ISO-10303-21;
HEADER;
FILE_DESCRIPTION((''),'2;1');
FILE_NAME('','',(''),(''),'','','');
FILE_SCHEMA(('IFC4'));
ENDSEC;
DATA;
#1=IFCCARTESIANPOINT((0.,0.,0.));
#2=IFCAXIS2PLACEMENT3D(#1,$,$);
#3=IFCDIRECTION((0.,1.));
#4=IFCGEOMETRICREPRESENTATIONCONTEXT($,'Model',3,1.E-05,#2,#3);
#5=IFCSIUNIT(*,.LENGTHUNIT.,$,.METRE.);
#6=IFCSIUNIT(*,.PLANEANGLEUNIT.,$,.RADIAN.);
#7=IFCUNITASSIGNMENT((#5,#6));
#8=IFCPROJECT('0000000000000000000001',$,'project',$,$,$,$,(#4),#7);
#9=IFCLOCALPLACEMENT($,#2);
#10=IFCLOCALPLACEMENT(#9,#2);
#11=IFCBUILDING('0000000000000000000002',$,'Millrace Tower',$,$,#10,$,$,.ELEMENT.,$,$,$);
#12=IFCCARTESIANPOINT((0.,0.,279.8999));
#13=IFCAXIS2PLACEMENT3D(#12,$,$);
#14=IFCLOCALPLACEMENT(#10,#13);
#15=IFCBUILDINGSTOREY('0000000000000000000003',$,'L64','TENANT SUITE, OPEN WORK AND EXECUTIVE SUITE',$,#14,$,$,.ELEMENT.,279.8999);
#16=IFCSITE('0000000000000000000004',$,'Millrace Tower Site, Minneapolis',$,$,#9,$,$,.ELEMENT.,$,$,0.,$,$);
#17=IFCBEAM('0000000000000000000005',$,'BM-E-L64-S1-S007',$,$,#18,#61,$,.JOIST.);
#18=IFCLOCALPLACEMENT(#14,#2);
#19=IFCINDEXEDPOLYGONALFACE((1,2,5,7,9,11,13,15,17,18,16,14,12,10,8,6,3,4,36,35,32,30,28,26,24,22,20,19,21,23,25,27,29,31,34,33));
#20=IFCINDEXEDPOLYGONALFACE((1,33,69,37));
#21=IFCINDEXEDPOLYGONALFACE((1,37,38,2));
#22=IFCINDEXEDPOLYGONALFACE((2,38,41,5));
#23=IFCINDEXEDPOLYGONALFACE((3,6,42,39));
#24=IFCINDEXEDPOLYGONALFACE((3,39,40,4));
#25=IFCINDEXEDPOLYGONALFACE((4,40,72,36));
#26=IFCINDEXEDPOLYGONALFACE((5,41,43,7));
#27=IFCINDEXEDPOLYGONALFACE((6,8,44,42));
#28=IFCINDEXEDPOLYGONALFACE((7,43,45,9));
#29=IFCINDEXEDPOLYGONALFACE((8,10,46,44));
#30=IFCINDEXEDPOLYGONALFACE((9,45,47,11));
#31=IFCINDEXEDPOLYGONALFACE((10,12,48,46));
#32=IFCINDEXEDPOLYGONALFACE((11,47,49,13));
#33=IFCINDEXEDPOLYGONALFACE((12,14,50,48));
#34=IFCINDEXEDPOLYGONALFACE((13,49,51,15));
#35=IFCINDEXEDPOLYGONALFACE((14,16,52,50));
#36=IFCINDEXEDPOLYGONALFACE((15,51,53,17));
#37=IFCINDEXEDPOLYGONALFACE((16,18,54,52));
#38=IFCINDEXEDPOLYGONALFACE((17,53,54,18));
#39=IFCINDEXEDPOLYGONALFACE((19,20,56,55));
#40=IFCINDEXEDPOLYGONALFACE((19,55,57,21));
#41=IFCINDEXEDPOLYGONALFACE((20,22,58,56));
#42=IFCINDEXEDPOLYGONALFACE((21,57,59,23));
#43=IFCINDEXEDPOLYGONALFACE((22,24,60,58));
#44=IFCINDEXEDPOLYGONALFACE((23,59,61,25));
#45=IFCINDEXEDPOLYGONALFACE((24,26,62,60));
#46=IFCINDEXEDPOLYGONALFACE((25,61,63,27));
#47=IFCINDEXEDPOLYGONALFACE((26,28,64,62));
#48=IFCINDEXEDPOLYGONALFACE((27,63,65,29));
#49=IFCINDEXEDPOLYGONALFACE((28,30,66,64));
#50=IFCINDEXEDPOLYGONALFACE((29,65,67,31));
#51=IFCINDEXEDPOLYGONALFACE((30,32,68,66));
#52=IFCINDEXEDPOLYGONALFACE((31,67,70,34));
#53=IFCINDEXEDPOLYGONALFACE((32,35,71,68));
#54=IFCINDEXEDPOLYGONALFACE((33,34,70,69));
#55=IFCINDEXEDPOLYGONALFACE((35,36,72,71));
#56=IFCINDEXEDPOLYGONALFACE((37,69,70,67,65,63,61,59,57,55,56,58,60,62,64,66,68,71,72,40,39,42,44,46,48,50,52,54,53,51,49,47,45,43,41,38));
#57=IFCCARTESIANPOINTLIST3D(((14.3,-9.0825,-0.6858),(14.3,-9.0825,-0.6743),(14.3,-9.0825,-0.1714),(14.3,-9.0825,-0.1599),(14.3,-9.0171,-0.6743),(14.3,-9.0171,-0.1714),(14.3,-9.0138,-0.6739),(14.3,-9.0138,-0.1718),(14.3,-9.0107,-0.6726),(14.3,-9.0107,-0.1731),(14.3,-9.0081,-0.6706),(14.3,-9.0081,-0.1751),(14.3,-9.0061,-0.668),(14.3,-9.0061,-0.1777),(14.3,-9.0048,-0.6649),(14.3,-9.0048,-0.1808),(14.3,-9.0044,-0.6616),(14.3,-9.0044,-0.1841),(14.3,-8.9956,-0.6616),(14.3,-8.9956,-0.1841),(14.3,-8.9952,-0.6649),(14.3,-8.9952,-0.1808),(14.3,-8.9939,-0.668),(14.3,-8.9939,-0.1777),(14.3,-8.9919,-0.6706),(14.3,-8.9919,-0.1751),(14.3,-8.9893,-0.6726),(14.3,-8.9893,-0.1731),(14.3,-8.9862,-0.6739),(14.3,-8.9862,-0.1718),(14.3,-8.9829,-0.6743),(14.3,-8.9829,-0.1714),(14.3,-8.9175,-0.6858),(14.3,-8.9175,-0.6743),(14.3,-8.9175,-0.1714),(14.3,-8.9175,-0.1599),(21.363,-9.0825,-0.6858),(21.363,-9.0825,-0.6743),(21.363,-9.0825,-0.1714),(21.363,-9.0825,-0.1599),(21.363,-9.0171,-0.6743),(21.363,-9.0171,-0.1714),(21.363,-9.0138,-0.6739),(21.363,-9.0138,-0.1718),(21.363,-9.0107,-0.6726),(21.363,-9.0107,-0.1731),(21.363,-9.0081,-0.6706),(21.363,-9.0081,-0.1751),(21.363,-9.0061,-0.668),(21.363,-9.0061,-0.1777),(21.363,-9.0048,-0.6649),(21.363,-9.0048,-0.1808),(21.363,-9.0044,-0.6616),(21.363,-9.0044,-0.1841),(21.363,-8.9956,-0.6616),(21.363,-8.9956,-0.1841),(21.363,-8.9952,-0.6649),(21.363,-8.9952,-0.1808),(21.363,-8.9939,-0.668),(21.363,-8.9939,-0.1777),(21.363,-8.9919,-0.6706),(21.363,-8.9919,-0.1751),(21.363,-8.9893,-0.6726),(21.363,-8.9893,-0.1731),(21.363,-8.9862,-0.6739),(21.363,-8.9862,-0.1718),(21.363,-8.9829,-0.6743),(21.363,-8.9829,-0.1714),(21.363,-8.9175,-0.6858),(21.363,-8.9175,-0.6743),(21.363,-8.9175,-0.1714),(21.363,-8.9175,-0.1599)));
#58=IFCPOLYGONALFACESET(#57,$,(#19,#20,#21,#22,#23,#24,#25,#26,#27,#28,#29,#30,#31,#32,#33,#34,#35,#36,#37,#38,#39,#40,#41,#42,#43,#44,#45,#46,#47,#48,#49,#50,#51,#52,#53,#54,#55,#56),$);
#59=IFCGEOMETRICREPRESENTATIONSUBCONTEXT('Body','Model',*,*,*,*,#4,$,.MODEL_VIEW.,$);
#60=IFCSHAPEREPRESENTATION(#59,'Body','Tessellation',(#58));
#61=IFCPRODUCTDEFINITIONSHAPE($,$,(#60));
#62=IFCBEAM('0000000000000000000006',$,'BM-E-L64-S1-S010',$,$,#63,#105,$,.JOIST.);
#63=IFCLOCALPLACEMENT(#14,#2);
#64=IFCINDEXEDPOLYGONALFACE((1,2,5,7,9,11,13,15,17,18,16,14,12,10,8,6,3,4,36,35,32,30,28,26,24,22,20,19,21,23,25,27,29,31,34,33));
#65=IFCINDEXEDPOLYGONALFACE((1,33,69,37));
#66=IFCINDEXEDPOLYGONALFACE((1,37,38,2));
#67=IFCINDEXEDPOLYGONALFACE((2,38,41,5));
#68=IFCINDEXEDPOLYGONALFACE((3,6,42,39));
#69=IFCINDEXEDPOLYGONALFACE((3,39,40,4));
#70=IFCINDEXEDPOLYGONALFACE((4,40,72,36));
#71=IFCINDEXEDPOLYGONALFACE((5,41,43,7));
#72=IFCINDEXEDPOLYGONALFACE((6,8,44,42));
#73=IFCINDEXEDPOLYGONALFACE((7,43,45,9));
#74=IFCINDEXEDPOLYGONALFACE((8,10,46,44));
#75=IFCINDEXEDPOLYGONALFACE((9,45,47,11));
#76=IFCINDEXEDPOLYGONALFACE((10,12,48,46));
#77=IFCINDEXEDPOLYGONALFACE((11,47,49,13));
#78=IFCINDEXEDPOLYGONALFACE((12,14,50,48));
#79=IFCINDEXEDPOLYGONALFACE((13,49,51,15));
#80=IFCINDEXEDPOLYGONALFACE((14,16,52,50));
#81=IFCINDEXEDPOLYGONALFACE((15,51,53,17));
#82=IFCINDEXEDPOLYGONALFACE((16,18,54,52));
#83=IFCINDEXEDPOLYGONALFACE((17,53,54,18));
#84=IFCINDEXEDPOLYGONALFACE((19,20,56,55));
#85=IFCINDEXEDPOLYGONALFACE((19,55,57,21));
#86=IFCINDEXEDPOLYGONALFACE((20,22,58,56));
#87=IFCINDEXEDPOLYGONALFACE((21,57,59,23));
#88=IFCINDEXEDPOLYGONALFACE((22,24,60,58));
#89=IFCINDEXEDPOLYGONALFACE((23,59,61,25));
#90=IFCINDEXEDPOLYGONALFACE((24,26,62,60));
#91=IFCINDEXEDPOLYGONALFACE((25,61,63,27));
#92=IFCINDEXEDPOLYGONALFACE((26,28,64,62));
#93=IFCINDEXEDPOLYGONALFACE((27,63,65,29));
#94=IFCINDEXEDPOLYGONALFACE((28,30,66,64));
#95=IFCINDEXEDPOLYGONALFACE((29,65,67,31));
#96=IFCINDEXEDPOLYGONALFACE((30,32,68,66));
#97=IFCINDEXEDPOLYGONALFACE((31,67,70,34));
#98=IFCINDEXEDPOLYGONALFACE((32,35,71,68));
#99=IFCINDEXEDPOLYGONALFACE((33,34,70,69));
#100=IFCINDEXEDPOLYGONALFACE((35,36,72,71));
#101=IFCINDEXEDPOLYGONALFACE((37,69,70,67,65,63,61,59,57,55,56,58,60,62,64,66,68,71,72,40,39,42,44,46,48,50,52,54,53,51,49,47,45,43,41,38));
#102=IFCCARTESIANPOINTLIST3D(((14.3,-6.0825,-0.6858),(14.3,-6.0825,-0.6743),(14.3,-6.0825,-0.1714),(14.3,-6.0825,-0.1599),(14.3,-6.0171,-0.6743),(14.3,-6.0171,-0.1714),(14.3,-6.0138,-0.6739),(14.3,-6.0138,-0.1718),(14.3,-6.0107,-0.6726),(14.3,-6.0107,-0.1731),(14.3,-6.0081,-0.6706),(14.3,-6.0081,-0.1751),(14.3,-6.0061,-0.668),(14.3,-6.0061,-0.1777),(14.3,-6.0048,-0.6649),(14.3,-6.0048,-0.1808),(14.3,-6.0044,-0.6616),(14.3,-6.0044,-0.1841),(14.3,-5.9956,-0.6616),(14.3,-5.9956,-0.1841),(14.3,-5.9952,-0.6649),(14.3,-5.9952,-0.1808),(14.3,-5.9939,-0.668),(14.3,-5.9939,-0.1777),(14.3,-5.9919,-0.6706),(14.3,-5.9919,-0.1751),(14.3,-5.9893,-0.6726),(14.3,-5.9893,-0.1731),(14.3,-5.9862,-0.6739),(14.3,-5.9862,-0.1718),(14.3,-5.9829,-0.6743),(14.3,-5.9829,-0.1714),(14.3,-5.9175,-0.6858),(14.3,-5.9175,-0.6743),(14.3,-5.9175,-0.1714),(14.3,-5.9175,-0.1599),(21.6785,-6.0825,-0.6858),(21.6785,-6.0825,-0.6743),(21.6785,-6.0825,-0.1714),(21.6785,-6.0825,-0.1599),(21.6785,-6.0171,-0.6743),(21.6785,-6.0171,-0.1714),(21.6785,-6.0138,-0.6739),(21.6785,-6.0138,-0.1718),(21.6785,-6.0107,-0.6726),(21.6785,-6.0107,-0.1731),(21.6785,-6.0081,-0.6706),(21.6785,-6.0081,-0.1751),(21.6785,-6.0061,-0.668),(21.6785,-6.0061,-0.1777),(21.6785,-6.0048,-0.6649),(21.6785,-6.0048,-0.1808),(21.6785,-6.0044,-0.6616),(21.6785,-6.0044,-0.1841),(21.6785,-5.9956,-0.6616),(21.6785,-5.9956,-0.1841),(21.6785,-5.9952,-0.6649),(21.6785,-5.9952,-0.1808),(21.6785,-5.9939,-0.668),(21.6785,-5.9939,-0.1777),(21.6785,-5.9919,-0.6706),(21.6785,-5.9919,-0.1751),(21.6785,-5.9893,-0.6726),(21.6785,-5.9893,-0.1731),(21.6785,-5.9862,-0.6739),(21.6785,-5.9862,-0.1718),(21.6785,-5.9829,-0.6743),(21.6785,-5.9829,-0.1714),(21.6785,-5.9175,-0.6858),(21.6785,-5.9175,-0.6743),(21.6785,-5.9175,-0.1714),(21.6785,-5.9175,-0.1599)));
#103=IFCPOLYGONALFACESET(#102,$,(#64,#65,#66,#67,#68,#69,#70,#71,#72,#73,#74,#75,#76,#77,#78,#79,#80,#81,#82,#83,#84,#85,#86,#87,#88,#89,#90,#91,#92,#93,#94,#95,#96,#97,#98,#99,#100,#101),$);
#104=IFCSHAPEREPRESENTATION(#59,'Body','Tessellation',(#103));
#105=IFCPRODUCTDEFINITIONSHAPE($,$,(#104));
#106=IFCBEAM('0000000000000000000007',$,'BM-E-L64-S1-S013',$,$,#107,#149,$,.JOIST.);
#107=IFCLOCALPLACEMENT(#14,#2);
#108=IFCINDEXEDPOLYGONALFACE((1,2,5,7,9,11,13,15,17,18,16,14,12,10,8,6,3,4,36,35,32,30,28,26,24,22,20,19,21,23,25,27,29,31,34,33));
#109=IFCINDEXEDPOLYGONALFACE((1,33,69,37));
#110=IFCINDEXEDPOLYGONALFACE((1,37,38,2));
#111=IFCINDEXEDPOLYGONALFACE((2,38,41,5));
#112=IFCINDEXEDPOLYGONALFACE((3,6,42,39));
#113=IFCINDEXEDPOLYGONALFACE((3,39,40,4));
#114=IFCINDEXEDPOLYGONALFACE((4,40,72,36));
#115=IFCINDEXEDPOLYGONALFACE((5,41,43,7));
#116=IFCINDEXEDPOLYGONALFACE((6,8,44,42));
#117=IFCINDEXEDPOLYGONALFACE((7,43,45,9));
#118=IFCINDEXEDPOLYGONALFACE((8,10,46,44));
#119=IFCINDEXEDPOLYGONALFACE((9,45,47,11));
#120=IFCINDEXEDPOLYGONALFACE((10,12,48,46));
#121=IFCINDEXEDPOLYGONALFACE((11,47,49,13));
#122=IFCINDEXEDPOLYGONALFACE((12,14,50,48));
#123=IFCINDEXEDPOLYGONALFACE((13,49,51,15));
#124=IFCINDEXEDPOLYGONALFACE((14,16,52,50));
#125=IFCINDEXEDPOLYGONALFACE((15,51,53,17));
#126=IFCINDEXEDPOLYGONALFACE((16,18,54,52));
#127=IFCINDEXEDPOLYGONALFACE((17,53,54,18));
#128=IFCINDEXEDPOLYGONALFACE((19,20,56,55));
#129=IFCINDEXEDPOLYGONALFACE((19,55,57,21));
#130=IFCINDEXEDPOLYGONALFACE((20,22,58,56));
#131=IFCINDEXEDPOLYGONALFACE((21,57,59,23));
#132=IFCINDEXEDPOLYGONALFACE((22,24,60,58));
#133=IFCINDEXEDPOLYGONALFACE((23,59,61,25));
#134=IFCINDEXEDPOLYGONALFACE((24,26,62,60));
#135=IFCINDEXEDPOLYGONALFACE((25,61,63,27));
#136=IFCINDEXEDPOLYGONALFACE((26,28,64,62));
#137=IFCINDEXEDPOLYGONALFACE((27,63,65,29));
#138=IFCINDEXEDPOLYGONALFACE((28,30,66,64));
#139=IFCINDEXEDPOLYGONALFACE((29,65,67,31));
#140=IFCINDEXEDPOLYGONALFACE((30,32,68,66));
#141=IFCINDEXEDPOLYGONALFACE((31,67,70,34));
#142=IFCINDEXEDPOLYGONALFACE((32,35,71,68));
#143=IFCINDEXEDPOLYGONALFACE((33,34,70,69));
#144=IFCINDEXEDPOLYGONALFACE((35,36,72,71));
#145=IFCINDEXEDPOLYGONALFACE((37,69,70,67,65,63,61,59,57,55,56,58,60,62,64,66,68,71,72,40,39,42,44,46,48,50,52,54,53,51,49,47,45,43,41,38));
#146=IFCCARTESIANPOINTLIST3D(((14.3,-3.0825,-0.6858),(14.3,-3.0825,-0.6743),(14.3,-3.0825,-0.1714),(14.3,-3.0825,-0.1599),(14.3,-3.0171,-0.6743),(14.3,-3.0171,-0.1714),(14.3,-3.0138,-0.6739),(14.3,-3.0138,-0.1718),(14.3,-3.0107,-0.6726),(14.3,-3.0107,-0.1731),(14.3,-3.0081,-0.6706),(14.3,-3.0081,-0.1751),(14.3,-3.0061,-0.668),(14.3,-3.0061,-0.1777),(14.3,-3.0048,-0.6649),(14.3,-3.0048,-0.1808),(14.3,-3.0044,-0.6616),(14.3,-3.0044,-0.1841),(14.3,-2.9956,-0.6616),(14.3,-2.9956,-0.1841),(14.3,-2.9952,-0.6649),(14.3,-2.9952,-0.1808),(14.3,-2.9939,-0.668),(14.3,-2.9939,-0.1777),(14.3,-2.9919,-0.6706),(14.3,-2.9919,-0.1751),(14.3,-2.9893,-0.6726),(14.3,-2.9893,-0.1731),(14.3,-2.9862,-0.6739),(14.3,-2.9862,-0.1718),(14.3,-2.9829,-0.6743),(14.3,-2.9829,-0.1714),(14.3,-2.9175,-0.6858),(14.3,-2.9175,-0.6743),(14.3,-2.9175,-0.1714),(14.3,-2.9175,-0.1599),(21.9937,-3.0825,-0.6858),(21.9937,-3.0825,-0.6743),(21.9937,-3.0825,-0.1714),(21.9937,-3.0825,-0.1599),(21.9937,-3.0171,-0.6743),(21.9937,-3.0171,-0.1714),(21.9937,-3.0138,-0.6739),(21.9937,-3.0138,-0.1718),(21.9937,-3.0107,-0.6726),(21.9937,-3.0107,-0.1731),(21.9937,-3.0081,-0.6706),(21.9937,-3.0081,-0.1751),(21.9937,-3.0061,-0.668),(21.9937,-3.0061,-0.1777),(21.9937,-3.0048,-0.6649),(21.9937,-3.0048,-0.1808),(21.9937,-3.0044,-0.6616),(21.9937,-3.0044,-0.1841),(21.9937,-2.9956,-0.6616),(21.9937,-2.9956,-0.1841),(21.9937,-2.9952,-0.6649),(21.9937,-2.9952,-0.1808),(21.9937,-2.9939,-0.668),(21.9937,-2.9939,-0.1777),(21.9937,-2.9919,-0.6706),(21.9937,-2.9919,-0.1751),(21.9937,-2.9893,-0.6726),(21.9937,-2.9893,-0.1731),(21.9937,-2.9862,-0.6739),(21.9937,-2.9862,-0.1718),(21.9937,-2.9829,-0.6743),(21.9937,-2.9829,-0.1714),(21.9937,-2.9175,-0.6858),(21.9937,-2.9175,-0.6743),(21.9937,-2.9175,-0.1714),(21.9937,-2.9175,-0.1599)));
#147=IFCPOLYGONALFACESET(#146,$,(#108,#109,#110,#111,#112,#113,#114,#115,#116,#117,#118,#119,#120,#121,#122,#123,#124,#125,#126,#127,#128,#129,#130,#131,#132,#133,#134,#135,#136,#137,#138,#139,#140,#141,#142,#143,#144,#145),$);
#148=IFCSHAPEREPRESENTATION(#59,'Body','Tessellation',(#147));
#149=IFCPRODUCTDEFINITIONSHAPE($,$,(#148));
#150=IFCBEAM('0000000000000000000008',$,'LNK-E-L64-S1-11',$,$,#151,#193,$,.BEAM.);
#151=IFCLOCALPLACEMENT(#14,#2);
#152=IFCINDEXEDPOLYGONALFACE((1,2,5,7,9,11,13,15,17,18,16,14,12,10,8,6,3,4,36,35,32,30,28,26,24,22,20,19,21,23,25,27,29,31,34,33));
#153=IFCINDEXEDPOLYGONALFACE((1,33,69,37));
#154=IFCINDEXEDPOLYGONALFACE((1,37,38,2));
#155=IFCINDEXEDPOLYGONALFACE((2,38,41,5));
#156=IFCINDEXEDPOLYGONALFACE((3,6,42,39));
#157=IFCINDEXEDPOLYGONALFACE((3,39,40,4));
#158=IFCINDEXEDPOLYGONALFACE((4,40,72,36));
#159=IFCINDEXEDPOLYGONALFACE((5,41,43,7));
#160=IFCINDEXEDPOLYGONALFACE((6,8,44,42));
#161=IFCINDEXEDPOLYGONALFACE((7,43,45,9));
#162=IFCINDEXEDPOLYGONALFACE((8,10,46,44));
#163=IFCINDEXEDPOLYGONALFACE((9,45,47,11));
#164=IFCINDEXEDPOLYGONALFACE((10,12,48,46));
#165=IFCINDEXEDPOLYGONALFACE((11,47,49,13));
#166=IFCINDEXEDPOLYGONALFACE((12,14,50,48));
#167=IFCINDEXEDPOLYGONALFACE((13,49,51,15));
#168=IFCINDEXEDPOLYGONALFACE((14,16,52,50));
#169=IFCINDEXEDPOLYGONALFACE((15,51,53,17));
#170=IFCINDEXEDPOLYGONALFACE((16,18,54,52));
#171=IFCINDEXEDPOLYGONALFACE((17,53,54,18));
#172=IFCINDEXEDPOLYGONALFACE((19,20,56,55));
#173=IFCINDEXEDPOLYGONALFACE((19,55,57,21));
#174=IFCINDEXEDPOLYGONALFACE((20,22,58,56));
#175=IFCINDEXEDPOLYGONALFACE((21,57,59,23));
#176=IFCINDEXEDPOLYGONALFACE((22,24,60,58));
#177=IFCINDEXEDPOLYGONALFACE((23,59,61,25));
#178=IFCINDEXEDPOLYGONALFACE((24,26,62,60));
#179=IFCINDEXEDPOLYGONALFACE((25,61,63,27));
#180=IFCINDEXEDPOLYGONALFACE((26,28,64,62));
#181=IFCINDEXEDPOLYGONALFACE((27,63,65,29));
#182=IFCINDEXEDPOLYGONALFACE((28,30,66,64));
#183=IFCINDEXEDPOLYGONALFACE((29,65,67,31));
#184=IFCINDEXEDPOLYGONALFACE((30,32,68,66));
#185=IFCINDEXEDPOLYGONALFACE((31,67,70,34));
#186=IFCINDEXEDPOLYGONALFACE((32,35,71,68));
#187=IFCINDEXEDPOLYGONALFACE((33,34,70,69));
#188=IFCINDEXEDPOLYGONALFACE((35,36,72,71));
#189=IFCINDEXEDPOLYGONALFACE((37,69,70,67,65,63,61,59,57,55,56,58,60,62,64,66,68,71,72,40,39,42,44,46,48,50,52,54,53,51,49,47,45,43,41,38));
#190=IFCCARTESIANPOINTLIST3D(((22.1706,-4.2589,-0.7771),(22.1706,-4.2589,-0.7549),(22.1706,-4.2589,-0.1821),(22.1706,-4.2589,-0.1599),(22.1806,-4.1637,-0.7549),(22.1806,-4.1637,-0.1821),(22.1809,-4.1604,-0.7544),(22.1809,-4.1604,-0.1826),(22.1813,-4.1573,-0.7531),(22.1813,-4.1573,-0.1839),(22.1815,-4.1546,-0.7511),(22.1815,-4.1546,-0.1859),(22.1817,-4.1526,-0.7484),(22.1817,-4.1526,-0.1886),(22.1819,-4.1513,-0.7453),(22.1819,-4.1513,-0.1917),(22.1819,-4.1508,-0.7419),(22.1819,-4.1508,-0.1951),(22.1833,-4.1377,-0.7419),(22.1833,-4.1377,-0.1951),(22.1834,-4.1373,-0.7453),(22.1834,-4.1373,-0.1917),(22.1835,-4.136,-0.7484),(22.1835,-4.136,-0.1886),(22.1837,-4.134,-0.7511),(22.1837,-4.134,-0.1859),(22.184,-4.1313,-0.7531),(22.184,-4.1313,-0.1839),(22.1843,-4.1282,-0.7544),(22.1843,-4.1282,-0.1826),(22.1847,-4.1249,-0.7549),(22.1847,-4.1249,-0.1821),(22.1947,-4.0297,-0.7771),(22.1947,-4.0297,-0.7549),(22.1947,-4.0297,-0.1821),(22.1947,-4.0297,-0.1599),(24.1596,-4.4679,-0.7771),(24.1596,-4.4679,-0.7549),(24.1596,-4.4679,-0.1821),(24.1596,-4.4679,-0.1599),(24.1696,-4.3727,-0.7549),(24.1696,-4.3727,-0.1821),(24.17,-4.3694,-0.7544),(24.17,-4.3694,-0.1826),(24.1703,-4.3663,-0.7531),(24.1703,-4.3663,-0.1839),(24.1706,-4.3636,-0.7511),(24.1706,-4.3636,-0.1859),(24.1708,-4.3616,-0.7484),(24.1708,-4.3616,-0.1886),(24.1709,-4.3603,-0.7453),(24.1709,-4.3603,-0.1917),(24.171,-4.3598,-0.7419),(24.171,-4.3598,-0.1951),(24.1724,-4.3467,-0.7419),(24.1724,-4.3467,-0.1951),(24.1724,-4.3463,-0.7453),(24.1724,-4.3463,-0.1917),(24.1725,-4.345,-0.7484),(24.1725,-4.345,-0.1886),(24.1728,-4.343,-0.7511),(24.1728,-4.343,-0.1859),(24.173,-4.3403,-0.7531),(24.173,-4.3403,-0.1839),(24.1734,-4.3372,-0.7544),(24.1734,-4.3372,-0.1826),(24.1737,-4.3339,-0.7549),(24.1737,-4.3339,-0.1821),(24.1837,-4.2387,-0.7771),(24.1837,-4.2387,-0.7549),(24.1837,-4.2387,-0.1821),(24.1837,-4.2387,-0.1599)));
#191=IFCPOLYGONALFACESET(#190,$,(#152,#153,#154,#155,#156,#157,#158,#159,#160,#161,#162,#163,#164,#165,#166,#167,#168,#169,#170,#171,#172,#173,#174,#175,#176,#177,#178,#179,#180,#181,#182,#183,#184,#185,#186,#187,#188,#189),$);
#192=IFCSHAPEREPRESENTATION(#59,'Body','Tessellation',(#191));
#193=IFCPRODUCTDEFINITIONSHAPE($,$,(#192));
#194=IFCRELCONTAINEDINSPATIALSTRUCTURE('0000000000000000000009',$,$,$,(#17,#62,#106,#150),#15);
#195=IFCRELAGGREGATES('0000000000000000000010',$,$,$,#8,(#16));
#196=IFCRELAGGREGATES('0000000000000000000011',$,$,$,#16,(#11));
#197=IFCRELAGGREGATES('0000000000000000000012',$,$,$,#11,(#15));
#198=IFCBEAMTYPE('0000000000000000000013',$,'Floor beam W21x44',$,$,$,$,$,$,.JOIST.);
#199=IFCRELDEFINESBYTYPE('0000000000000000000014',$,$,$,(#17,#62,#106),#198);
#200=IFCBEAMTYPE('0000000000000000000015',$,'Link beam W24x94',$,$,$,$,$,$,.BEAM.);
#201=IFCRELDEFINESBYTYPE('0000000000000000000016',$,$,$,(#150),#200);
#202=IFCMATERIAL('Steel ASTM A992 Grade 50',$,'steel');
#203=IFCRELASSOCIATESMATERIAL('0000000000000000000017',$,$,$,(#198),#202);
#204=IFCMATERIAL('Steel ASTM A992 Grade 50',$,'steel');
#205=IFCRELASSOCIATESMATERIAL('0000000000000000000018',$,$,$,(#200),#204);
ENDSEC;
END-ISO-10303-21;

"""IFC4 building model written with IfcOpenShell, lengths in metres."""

from ifc_helpers import new_model, si_unit, direction, frame, origin, origin_2d, place, context, subcontext, project, spatial, i_section, extrude, material, material_profile, profile_set, type_object, element, save


model = new_model("IFC4")

# Units and contexts
model_context = context("Model", 3, precision=1e-05, world=origin(), true_north=direction((0.0, 1.0)))
body_context = subcontext(model_context, "Body", "Model", "MODEL_VIEW")
ifc_project = project(units=[si_unit("LENGTHUNIT", "METRE"), si_unit("PLANEANGLEUNIT", "RADIAN")], contexts=[model_context])

# Site, building, storey
site_placement = place(None, origin())
site = spatial("IfcSite", under=ifc_project, at=site_placement, Name="Millrace Tower Site, Minneapolis", CompositionType="ELEMENT", RefElevation=0.0)
building_placement = place(site_placement, origin())
building = spatial("IfcBuilding", under=site, at=building_placement, Name="Millrace Tower", CompositionType="ELEMENT")
storey_placement = place(building_placement, frame((0.0, 0.0, 279.8999)))
storey = spatial("IfcBuildingStorey", under=building, at=storey_placement, Name="L64", Description="TENANT SUITE, OPEN WORK AND EXECUTIVE SUITE", CompositionType="ELEMENT", Elevation=279.8999)

# Beams
ifc_material_1 = material(Name="Steel ASTM A992 Grade 50", Category="steel")
ifc_material_profile_1 = material_profile(ifc_material_1, i_section(OverallWidth=0.165, OverallDepth=0.5259, WebThickness=0.0088, FlangeThickness=0.0115, FilletRadius=0.0127, at=origin_2d()))
ifc_profile_set_1 = profile_set([ifc_material_profile_1], Name="Steel ASTM A992 Grade 50")
beam_type_1 = type_object("IfcBeamType", Name="Floor beam W21x44", PredefinedType="JOIST", material=ifc_profile_set_1)
beam_1_placement = place(storey_placement, frame((14.3, -9.0, -0.4229), z_axis=(1.0, 0.0, 0.0), x_axis=(0.0, 1.0, 0.0)))
element("IfcBeam", 1, at=beam_1_placement, inside=storey, type_object=beam_type_1, Name="BM-E-L64-S1-S007", PredefinedType="JOIST", context=body_context, shape_type="SweptSolid", body=[
    extrude(i_section(OverallWidth=0.165, OverallDepth=0.5259, WebThickness=0.0088, FlangeThickness=0.0115, FilletRadius=0.0127, at=origin_2d()), origin(), (0.0, 0.0, 1.0), 7.063),
])
beam_2_placement = place(storey_placement, frame((14.3, -6.0, -0.4229), z_axis=(1.0, 0.0, 0.0), x_axis=(0.0, 1.0, 0.0)))
element("IfcBeam", 2, at=beam_2_placement, inside=storey, type_object=beam_type_1, Name="BM-E-L64-S1-S010", PredefinedType="JOIST", context=body_context, shape_type="SweptSolid", body=[
    extrude(i_section(OverallWidth=0.165, OverallDepth=0.5259, WebThickness=0.0088, FlangeThickness=0.0115, FilletRadius=0.0127, at=origin_2d()), origin(), (0.0, 0.0, 1.0), 7.3784),
])
beam_3_placement = place(storey_placement, frame((14.3, -3.0, -0.4229), z_axis=(1.0, 0.0, 0.0), x_axis=(0.0, 1.0, 0.0)))
element("IfcBeam", 3, at=beam_3_placement, inside=storey, type_object=beam_type_1, Name="BM-E-L64-S1-S013", PredefinedType="JOIST", context=body_context, shape_type="SweptSolid", body=[
    extrude(i_section(OverallWidth=0.165, OverallDepth=0.5259, WebThickness=0.0088, FlangeThickness=0.0115, FilletRadius=0.0127, at=origin_2d()), origin(), (0.0, 0.0, 1.0), 7.6936),
])
ifc_material_2 = material(Name="Steel ASTM A992 Grade 50", Category="steel")
ifc_material_profile_2 = material_profile(ifc_material_2, i_section(OverallWidth=0.2305, OverallDepth=0.6172, WebThickness=0.0132, FlangeThickness=0.0222, FilletRadius=0.0129, at=origin_2d()))
ifc_profile_set_2 = profile_set([ifc_material_profile_2], Name="Steel ASTM A992 Grade 50")
beam_type_2 = type_object("IfcBeamType", Name="Link beam W24x94", PredefinedType="BEAM", material=ifc_profile_set_2)
beam_4_placement = place(storey_placement, frame((22.1826, -4.1443, -0.4685), z_axis=(0.994526, -0.104494, 0.0), x_axis=(0.104494, 0.994526, 0.0)))
element("IfcBeam", 4, at=beam_4_placement, inside=storey, type_object=beam_type_2, Name="LNK-E-L64-S1-11", PredefinedType="BEAM", context=body_context, shape_type="SweptSolid", body=[
    extrude(i_section(OverallWidth=0.2305, OverallDepth=0.6172, WebThickness=0.0132, FlangeThickness=0.0222, FilletRadius=0.0129, at=origin_2d()), origin(), (0.0, 0.0, 1.0), 2.0),
])

save(model, "model.ifc")
